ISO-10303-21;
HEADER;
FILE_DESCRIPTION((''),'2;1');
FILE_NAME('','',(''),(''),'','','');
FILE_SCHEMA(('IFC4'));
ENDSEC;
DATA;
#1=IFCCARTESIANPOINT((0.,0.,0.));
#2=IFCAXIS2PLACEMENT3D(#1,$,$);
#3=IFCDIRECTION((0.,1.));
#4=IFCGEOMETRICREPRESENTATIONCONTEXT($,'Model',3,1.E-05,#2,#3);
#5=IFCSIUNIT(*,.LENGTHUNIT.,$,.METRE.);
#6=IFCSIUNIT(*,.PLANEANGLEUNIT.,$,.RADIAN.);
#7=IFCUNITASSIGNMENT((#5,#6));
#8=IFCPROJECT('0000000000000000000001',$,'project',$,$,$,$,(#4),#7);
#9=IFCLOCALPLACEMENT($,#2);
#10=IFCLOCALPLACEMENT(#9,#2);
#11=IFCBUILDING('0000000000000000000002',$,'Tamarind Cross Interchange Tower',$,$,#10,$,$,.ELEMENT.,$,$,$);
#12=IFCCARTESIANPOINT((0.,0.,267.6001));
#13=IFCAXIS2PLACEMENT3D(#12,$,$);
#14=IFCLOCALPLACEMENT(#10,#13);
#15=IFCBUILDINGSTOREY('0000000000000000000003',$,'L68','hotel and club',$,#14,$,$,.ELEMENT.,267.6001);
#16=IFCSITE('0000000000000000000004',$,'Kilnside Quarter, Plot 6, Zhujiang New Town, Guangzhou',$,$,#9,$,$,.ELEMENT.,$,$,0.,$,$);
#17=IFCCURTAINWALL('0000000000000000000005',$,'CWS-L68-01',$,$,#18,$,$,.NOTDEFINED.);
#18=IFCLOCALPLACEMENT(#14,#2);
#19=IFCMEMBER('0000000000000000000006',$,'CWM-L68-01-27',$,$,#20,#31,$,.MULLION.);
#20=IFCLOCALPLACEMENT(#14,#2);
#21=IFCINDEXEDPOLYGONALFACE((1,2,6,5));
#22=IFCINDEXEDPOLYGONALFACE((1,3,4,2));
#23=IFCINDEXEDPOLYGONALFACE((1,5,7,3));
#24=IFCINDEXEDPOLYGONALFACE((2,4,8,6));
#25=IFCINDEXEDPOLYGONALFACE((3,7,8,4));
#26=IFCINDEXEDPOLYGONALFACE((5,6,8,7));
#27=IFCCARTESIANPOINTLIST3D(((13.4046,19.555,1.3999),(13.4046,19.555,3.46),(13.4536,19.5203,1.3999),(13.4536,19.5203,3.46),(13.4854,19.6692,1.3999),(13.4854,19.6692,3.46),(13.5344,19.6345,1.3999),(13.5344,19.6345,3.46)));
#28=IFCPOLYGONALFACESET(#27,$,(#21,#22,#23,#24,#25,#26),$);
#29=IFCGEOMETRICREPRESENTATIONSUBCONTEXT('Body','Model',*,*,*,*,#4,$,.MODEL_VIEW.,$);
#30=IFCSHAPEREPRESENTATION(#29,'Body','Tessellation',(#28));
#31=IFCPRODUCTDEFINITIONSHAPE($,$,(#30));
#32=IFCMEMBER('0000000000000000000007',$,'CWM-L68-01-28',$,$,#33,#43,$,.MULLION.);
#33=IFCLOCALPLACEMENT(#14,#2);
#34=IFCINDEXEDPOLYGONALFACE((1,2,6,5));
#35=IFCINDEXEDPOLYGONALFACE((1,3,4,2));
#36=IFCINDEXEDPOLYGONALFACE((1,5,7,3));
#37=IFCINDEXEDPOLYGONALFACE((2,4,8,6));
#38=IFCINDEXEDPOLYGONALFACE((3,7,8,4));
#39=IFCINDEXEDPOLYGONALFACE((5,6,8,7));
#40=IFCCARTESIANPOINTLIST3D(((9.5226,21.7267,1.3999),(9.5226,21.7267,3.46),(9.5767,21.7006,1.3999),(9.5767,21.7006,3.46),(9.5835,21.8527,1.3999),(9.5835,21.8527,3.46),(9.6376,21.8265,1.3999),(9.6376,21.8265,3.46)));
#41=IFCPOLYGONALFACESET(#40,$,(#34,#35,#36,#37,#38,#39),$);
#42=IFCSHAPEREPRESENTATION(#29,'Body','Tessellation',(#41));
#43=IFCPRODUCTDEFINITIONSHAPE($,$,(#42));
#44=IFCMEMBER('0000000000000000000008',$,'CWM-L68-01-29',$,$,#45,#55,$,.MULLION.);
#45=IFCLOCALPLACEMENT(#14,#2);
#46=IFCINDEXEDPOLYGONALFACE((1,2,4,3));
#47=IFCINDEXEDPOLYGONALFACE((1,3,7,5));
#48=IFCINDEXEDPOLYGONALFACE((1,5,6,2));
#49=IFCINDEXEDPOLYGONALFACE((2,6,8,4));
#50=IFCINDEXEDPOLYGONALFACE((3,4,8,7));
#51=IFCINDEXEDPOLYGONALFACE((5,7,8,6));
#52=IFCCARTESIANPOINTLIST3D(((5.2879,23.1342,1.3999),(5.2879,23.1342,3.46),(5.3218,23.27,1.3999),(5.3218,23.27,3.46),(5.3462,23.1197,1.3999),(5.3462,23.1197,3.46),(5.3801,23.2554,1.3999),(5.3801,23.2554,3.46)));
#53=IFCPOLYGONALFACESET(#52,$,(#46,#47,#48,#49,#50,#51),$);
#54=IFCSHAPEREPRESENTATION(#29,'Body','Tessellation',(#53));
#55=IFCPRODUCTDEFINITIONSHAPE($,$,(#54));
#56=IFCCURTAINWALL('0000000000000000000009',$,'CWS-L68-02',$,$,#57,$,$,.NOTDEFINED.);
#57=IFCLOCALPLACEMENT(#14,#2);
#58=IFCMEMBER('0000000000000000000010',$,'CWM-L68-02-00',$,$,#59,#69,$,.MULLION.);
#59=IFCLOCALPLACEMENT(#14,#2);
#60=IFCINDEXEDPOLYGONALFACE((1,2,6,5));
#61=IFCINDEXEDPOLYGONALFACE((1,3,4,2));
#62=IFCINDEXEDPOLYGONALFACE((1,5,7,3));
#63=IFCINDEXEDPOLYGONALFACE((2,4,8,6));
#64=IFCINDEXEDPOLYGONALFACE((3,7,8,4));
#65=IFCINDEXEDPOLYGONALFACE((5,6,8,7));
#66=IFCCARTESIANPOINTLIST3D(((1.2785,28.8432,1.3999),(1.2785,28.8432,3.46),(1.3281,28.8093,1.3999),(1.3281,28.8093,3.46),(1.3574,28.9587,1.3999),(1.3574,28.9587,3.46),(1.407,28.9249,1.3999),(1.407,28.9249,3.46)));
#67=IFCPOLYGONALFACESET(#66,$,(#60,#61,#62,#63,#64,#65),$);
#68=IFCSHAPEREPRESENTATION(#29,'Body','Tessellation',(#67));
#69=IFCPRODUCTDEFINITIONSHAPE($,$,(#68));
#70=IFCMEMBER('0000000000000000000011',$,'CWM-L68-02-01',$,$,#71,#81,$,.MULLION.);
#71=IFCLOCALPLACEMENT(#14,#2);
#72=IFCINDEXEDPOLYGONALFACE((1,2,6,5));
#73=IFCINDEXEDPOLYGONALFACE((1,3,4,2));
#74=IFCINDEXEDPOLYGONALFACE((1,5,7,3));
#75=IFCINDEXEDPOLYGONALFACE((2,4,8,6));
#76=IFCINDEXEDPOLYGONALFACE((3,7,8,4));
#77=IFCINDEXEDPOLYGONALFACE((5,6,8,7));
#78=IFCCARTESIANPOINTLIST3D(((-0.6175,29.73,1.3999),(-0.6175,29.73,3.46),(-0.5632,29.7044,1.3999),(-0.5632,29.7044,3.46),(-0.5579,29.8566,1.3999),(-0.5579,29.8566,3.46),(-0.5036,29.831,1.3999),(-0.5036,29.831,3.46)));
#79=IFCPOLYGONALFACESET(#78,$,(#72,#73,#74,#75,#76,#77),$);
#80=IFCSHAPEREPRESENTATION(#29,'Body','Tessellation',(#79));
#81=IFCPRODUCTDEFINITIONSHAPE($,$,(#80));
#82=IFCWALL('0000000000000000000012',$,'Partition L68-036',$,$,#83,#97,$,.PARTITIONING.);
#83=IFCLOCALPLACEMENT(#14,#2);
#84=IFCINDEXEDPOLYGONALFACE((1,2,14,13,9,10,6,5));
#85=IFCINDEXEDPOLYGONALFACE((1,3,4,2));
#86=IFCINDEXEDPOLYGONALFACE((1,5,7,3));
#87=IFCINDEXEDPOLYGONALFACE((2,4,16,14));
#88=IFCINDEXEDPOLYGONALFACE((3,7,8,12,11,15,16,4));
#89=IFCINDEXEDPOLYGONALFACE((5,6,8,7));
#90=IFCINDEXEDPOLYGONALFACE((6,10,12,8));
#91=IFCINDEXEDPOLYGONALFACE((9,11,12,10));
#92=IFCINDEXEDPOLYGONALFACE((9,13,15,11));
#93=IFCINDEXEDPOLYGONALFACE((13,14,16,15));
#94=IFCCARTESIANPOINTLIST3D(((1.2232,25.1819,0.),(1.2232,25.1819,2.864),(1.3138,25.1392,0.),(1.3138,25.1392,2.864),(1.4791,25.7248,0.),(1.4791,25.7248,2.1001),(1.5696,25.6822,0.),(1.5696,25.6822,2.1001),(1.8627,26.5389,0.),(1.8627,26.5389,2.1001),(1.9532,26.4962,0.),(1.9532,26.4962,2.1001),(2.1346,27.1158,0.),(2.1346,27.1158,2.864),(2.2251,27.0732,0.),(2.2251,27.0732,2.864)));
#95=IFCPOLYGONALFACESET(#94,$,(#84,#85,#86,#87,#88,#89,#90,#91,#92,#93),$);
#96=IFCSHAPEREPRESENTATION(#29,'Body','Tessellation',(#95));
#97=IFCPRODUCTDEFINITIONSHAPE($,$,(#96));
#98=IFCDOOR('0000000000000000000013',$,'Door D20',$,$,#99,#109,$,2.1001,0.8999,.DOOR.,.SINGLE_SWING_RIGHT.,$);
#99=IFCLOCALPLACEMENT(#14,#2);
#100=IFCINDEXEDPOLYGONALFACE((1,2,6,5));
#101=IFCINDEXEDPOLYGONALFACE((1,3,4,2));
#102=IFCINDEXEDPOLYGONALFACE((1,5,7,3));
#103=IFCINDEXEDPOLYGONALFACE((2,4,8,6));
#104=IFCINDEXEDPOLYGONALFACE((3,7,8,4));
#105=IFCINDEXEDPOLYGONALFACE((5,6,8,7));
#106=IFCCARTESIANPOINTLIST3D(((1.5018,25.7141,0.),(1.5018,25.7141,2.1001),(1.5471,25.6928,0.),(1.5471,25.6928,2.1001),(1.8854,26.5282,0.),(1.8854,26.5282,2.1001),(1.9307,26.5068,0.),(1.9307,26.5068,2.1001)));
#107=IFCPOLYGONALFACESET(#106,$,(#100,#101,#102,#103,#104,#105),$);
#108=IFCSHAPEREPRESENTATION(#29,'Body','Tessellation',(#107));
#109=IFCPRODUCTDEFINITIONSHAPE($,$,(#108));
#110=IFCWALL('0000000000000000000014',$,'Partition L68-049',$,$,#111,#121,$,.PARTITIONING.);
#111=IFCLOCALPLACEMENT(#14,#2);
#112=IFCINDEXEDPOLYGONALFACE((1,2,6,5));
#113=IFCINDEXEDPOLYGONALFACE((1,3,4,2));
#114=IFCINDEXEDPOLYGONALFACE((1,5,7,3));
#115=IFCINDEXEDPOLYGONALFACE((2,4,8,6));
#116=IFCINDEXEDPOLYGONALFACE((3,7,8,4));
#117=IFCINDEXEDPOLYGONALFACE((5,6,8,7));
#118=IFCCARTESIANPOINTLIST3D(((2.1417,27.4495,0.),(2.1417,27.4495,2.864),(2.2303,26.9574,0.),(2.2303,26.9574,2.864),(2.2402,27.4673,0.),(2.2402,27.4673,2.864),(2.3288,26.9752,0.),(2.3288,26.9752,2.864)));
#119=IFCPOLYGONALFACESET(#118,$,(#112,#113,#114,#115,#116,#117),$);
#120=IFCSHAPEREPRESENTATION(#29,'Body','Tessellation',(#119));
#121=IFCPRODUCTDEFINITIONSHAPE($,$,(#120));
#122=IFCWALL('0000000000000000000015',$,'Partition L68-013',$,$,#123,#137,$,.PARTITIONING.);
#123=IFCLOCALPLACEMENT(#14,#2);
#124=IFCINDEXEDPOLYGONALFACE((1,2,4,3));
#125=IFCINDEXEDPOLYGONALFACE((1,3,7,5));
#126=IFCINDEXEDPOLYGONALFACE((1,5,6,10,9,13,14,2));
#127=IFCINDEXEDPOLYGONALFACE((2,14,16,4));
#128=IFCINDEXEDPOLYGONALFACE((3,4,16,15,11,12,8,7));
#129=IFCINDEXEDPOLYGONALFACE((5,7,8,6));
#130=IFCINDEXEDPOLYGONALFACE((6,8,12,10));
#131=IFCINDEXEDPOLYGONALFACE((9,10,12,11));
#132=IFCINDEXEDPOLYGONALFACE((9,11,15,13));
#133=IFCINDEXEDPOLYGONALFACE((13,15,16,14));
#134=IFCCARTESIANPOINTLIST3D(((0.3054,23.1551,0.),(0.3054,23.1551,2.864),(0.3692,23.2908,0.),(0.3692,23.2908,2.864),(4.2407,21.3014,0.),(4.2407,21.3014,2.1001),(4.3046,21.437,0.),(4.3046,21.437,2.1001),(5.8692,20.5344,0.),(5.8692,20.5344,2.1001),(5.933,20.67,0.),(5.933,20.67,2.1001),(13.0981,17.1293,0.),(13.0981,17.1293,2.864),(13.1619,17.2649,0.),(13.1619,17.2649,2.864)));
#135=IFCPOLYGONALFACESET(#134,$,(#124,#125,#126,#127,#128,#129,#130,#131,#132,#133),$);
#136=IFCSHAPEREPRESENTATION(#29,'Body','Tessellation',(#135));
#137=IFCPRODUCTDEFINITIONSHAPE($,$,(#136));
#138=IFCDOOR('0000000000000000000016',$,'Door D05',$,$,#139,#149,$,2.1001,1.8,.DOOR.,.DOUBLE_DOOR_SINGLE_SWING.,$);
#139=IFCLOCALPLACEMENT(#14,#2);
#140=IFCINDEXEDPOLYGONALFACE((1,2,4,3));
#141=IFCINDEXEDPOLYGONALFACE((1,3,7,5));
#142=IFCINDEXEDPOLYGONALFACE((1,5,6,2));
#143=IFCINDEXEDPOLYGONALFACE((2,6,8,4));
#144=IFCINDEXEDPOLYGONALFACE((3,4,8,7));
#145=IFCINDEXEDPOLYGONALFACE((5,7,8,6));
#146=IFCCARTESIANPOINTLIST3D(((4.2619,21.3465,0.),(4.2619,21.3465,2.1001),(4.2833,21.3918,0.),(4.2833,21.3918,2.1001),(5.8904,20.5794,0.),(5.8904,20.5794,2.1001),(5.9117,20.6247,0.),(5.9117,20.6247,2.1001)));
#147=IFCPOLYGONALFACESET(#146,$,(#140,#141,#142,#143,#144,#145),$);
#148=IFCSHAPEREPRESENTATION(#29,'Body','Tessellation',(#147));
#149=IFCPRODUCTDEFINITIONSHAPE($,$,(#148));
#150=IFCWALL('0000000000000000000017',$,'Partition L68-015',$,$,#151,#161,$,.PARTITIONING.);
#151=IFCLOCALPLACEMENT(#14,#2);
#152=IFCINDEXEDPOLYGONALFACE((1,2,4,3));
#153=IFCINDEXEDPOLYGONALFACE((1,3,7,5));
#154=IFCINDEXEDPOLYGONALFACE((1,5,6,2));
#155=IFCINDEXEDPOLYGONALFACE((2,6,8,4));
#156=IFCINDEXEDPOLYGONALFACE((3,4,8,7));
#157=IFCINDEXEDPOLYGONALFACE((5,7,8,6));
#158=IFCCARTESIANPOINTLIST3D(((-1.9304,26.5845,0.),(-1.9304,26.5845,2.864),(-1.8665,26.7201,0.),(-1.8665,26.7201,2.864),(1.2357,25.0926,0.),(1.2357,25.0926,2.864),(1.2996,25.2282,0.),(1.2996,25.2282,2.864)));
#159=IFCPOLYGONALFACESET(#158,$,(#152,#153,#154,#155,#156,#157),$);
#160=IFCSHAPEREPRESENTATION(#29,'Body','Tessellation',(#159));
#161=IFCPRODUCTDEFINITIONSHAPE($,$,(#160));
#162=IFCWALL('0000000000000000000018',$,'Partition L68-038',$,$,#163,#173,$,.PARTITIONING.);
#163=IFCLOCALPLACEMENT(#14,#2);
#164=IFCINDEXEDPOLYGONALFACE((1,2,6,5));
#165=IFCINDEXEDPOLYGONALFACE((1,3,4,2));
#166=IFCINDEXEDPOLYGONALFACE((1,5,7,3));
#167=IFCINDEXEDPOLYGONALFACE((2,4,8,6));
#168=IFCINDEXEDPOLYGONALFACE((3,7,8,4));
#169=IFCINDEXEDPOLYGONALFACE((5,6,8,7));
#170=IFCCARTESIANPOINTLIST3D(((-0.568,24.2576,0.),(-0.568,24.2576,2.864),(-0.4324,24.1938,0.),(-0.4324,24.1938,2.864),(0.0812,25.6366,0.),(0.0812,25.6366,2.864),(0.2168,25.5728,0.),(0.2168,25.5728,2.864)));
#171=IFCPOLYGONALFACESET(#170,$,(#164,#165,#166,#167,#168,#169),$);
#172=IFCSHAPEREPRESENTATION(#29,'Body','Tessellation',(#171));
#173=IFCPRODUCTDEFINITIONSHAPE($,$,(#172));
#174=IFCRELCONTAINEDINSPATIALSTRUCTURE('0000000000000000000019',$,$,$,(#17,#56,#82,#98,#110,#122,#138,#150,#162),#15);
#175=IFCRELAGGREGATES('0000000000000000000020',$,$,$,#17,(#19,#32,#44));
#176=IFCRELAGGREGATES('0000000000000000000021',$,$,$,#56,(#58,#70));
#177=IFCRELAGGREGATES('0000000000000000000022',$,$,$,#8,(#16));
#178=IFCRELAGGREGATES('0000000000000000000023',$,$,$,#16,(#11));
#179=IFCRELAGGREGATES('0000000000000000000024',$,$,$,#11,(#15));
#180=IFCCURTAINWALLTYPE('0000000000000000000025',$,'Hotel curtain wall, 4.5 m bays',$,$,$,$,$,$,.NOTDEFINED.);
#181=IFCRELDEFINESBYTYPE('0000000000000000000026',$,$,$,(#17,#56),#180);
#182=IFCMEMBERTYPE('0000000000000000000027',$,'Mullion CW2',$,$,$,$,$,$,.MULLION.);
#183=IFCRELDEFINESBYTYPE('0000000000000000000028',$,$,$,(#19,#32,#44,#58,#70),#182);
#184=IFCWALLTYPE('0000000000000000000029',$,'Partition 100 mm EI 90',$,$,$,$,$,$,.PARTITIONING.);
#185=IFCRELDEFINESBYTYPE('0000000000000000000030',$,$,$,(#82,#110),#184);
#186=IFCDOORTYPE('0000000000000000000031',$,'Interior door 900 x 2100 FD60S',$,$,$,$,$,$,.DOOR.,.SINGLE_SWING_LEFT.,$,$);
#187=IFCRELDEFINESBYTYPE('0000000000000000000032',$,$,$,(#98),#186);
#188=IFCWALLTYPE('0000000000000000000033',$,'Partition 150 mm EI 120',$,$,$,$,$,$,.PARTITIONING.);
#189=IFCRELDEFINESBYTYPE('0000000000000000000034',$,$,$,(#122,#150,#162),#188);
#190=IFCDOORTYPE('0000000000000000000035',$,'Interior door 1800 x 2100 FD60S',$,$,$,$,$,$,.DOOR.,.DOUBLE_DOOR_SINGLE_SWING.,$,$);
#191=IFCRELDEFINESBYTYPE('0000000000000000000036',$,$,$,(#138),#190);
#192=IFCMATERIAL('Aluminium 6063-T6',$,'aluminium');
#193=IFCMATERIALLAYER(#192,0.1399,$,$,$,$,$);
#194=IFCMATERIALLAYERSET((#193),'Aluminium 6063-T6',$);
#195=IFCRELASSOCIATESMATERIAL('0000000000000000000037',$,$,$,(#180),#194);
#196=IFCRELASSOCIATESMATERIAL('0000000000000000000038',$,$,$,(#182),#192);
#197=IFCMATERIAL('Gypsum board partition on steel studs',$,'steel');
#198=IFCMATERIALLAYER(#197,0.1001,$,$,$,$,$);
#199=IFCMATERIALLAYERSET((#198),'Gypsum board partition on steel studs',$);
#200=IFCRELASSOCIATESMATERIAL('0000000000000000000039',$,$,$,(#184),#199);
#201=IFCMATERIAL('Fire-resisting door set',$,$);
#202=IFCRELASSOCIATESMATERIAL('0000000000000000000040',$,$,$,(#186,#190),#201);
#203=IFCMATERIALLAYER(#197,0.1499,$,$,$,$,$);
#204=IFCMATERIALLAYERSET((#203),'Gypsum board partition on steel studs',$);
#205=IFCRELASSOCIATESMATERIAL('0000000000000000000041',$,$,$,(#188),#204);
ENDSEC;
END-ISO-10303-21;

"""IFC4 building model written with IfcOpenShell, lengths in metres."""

from ifc_helpers import new_model, si_unit, direction, frame, frame_2d, origin, origin_2d, place, context, subcontext, project, spatial, rectangle, extrude, material, layer, layer_set, material_profile, profile_set, type_object, element, fill, aggregate, save


model = new_model("IFC4")

# Units and contexts
model_context = context("Model", 3, precision=1e-05, world=origin(), true_north=direction((0.0, 1.0)))
body_context = subcontext(model_context, "Body", "Model", "MODEL_VIEW")
ifc_project = project(units=[si_unit("LENGTHUNIT", "METRE"), si_unit("PLANEANGLEUNIT", "RADIAN")], contexts=[model_context])

# Site, building, storey
site_placement = place(None, origin())
site = spatial("IfcSite", under=ifc_project, at=site_placement, Name="Kilnside Quarter, Plot 6, Zhujiang New Town, Guangzhou", CompositionType="ELEMENT", RefElevation=0.0)
building_placement = place(site_placement, origin())
building = spatial("IfcBuilding", under=site, at=building_placement, Name="Tamarind Cross Interchange Tower", CompositionType="ELEMENT")
storey_placement = place(building_placement, frame((0.0, 0.0, 267.6001)))
storey = spatial("IfcBuildingStorey", under=building, at=storey_placement, Name="L68", Description="hotel and club", CompositionType="ELEMENT", Elevation=267.6001)

# Curtain walls, members
ifc_material_1 = material(Name="Aluminium 6063-T6", Category="aluminium")
ifc_layer_1 = layer(ifc_material_1, 0.1399)
ifc_layer_set_1 = layer_set([ifc_layer_1], Name="Aluminium 6063-T6")
curtain_wall_type = type_object("IfcCurtainWallType", Name="Hotel curtain wall, 4.5 m bays", PredefinedType="NOTDEFINED", material=ifc_layer_set_1)
curtain_wall_1_placement = place(storey_placement, origin())
curtain_wall_1 = element("IfcCurtainWall", 1, at=curtain_wall_1_placement, inside=storey, type_object=curtain_wall_type, Name="CWS-L68-01", PredefinedType="NOTDEFINED")
ifc_material_profile_1 = material_profile(ifc_material_1, rectangle(XDim=0.0601, YDim=0.1399, at=origin_2d()), Name="Mullion CW2")
ifc_profile_set_1 = profile_set([ifc_material_profile_1], Name="Aluminium 6063-T6")
member_type = type_object("IfcMemberType", Name="Mullion CW2", PredefinedType="MULLION", material=ifc_profile_set_1)
member_1_placement = place(storey_placement, frame((13.4695, 19.5947, 1.3999), z_axis=(0.0, 0.0, 1.0), x_axis=(-0.816342, 0.577569, 0.0)))
member_1 = element("IfcMember", 2, at=member_1_placement, type_object=member_type, Name="CWM-L68-01-27", PredefinedType="MULLION", context=body_context, shape_type="SweptSolid", body=[
    extrude(rectangle(XDim=0.0601, YDim=0.1399, at=origin_2d()), origin(), (0.0, 0.0, 1.0), 2.0601),
])
member_2_placement = place(storey_placement, frame((9.5801, 21.7766, 1.3999), z_axis=(0.0, 0.0, 1.0), x_axis=(-0.900273, 0.435326, 0.0)))
member_2 = element("IfcMember", 3, at=member_2_placement, type_object=member_type, Name="CWM-L68-01-28", PredefinedType="MULLION", context=body_context, shape_type="SweptSolid", body=[
    extrude(rectangle(XDim=0.0601, YDim=0.1399, at=origin_2d()), origin(), (0.0, 0.0, 1.0), 2.0601),
])
member_3_placement = place(storey_placement, frame((5.334, 23.1948, 1.3999), z_axis=(0.0, 0.0, 1.0), x_axis=(-0.970165, 0.242445, 0.0)))
member_3 = element("IfcMember", 4, at=member_3_placement, type_object=member_type, Name="CWM-L68-01-29", PredefinedType="MULLION", context=body_context, shape_type="SweptSolid", body=[
    extrude(rectangle(XDim=0.0601, YDim=0.1399, at=origin_2d()), origin(), (0.0, 0.0, 1.0), 2.0601),
])
aggregate(curtain_wall_1, [member_1, member_2, member_3])
curtain_wall_2_placement = place(storey_placement, origin())
curtain_wall_2 = element("IfcCurtainWall", 5, at=curtain_wall_2_placement, inside=storey, type_object=curtain_wall_type, Name="CWS-L68-02", PredefinedType="NOTDEFINED")
member_4_placement = place(storey_placement, frame((1.3428, 28.884, 1.3999), z_axis=(0.0, 0.0, 1.0), x_axis=(-0.825915, 0.563795, 0.0)))
member_4 = element("IfcMember", 6, at=member_4_placement, type_object=member_type, Name="CWM-L68-02-00", PredefinedType="MULLION", context=body_context, shape_type="SweptSolid", body=[
    extrude(rectangle(XDim=0.0601, YDim=0.1399, at=origin_2d()), origin(), (0.0, 0.0, 1.0), 2.0601),
])
member_5_placement = place(storey_placement, frame((-0.5605, 29.7805, 1.3999), z_axis=(0.0, 0.0, 1.0), x_axis=(-0.904661, 0.426133, 0.0)))
member_5 = element("IfcMember", 7, at=member_5_placement, type_object=member_type, Name="CWM-L68-02-01", PredefinedType="MULLION", context=body_context, shape_type="SweptSolid", body=[
    extrude(rectangle(XDim=0.0601, YDim=0.1399, at=origin_2d()), origin(), (0.0, 0.0, 1.0), 2.0601),
])
aggregate(curtain_wall_2, [member_4, member_5])

# Wall, opening, door
ifc_material_2 = material(Name="Gypsum board partition on steel studs", Category="steel")
ifc_layer_2 = layer(ifc_material_2, 0.1001)
ifc_layer_set_2 = layer_set([ifc_layer_2], Name="Gypsum board partition on steel studs")
wall_type_1 = type_object("IfcWallType", Name="Partition 100 mm EI 90", PredefinedType="PARTITIONING", material=ifc_layer_set_2)
wall_1_placement = place(storey_placement, frame((1.2686, 25.1606, 0.0), z_axis=(0.0, 0.0, 1.0), x_axis=(0.426264, 0.904599, 0.0)))
wall_1 = element("IfcWall", 8, at=wall_1_placement, inside=storey, type_object=wall_type_1, Name="Partition L68-036", PredefinedType="PARTITIONING", context=body_context, shape_type="SweptSolid", body=[
    extrude(rectangle(XDim=2.1379, YDim=0.1001, at=frame_2d((1.0688, 0.0))), origin(), (0.0, 0.0, 1.0), 2.864),
])
opening_1_placement = place(wall_1_placement, frame((0.6001, 0.0, 0.0)))
opening_1 = element("IfcOpeningElement", 9, at=opening_1_placement, cuts=wall_1, PredefinedType="OPENING", context=body_context, shape_type="SweptSolid", body=[
    extrude(rectangle(XDim=0.8999, YDim=2.1001, at=frame_2d((0.45, 1.05))), frame((0.0, 0.0601, 0.0), z_axis=(0.0, -1.0, 0.0), x_axis=(1.0, 0.0, 0.0)), (0.0, 0.0, 1.0), 0.1201),
])
ifc_material_3 = material(Name="Fire-resisting door set")
door_type_1 = type_object("IfcDoorType", Name="Interior door 900 x 2100 FD60S", OperationType="SINGLE_SWING_LEFT", PredefinedType="DOOR", material=ifc_material_3)
door_1_placement = place(opening_1_placement, origin())
door_1 = element("IfcDoor", 10, at=door_1_placement, inside=storey, type_object=door_type_1, Name="Door D20", OperationType="SINGLE_SWING_RIGHT", OverallHeight=2.1001, OverallWidth=0.8999, PredefinedType="DOOR", context=body_context, shape_type="SweptSolid", body=[
    extrude(rectangle(XDim=0.8999, YDim=2.1001, at=frame_2d((0.45, 1.05))), frame((0.0, 0.0249, 0.0), z_axis=(0.0, -1.0, 0.0), x_axis=(1.0, 0.0, 0.0)), (0.0, 0.0, 1.0), 0.05),
])
fill(opening_1, door_1)

# Wall
wall_2_placement = place(storey_placement, frame((2.2795, 26.9663, 0.0), z_axis=(0.0, 0.0, 1.0), x_axis=(-0.17721, 0.984173, 0.0)))
element("IfcWall", 11, at=wall_2_placement, inside=storey, type_object=wall_type_1, Name="Partition L68-049", PredefinedType="PARTITIONING", context=body_context, shape_type="SweptSolid", body=[
    extrude(rectangle(XDim=0.5, YDim=0.1001, at=frame_2d((0.25, 0.0))), origin(), (0.0, 0.0, 1.0), 2.864),
])

# Wall, opening, door
ifc_layer_3 = layer(ifc_material_2, 0.1499)
ifc_layer_set_3 = layer_set([ifc_layer_3], Name="Gypsum board partition on steel studs")
wall_type_2 = type_object("IfcWallType", Name="Partition 150 mm EI 120", PredefinedType="PARTITIONING", material=ifc_layer_set_3)
wall_3_placement = place(storey_placement, frame((0.3374, 23.2229, 0.0), z_axis=(0.0, 0.0, 1.0), x_axis=(0.904661, -0.426131, 0.0)))
wall_3 = element("IfcWall", 12, at=wall_3_placement, inside=storey, type_object=wall_type_2, Name="Partition L68-013", PredefinedType="PARTITIONING", context=body_context, shape_type="SweptSolid", body=[
    extrude(rectangle(XDim=14.1409, YDim=0.1499, at=frame_2d((7.0703, 0.0))), origin(), (0.0, 0.0, 1.0), 2.864),
])
opening_2_placement = place(wall_3_placement, frame((4.3501, 0.0, 0.0)))
opening_2 = element("IfcOpeningElement", 13, at=opening_2_placement, cuts=wall_3, PredefinedType="OPENING", context=body_context, shape_type="SweptSolid", body=[
    extrude(rectangle(XDim=1.8, YDim=2.1001, at=frame_2d((0.8999, 1.05))), frame((0.0, 0.085, 0.0), z_axis=(0.0, -1.0, 0.0), x_axis=(1.0, 0.0, 0.0)), (0.0, 0.0, 1.0), 0.1699),
])
door_type_2 = type_object("IfcDoorType", Name="Interior door 1800 x 2100 FD60S", OperationType="DOUBLE_DOOR_SINGLE_SWING", PredefinedType="DOOR", material=ifc_material_3)
door_2_placement = place(opening_2_placement, origin())
door_2 = element("IfcDoor", 14, at=door_2_placement, inside=storey, type_object=door_type_2, Name="Door D05", OperationType="DOUBLE_DOOR_SINGLE_SWING", OverallHeight=2.1001, OverallWidth=1.8, PredefinedType="DOOR", context=body_context, shape_type="SweptSolid", body=[
    extrude(rectangle(XDim=1.8, YDim=2.1001, at=frame_2d((0.8999, 1.05))), frame((0.0, 0.0249, 0.0), z_axis=(0.0, -1.0, 0.0), x_axis=(1.0, 0.0, 0.0)), (0.0, 0.0, 1.0), 0.05),
])
fill(opening_2, door_2)

# Walls
wall_4_placement = place(storey_placement, frame((-1.8984, 26.6523, 0.0), z_axis=(0.0, 0.0, 1.0), x_axis=(0.904593, -0.426277, 0.0)))
element("IfcWall", 15, at=wall_4_placement, inside=storey, type_object=wall_type_2, Name="Partition L68-015", PredefinedType="PARTITIONING", context=body_context, shape_type="SweptSolid", body=[
    extrude(rectangle(XDim=3.5, YDim=0.1499, at=frame_2d((1.75, 0.0))), origin(), (0.0, 0.0, 1.0), 2.864),
])
wall_5_placement = place(storey_placement, frame((-0.5002, 24.2256, 0.0), z_axis=(0.0, 0.0, 1.0), x_axis=(0.425944, 0.90475, 0.0)))
element("IfcWall", 16, at=wall_5_placement, inside=storey, type_object=wall_type_2, Name="Partition L68-038", PredefinedType="PARTITIONING", context=body_context, shape_type="SweptSolid", body=[
    extrude(rectangle(XDim=1.5242, YDim=0.1499, at=frame_2d((0.7622, 0.0))), origin(), (0.0, 0.0, 1.0), 2.864),
])

save(model, "model.ifc")
